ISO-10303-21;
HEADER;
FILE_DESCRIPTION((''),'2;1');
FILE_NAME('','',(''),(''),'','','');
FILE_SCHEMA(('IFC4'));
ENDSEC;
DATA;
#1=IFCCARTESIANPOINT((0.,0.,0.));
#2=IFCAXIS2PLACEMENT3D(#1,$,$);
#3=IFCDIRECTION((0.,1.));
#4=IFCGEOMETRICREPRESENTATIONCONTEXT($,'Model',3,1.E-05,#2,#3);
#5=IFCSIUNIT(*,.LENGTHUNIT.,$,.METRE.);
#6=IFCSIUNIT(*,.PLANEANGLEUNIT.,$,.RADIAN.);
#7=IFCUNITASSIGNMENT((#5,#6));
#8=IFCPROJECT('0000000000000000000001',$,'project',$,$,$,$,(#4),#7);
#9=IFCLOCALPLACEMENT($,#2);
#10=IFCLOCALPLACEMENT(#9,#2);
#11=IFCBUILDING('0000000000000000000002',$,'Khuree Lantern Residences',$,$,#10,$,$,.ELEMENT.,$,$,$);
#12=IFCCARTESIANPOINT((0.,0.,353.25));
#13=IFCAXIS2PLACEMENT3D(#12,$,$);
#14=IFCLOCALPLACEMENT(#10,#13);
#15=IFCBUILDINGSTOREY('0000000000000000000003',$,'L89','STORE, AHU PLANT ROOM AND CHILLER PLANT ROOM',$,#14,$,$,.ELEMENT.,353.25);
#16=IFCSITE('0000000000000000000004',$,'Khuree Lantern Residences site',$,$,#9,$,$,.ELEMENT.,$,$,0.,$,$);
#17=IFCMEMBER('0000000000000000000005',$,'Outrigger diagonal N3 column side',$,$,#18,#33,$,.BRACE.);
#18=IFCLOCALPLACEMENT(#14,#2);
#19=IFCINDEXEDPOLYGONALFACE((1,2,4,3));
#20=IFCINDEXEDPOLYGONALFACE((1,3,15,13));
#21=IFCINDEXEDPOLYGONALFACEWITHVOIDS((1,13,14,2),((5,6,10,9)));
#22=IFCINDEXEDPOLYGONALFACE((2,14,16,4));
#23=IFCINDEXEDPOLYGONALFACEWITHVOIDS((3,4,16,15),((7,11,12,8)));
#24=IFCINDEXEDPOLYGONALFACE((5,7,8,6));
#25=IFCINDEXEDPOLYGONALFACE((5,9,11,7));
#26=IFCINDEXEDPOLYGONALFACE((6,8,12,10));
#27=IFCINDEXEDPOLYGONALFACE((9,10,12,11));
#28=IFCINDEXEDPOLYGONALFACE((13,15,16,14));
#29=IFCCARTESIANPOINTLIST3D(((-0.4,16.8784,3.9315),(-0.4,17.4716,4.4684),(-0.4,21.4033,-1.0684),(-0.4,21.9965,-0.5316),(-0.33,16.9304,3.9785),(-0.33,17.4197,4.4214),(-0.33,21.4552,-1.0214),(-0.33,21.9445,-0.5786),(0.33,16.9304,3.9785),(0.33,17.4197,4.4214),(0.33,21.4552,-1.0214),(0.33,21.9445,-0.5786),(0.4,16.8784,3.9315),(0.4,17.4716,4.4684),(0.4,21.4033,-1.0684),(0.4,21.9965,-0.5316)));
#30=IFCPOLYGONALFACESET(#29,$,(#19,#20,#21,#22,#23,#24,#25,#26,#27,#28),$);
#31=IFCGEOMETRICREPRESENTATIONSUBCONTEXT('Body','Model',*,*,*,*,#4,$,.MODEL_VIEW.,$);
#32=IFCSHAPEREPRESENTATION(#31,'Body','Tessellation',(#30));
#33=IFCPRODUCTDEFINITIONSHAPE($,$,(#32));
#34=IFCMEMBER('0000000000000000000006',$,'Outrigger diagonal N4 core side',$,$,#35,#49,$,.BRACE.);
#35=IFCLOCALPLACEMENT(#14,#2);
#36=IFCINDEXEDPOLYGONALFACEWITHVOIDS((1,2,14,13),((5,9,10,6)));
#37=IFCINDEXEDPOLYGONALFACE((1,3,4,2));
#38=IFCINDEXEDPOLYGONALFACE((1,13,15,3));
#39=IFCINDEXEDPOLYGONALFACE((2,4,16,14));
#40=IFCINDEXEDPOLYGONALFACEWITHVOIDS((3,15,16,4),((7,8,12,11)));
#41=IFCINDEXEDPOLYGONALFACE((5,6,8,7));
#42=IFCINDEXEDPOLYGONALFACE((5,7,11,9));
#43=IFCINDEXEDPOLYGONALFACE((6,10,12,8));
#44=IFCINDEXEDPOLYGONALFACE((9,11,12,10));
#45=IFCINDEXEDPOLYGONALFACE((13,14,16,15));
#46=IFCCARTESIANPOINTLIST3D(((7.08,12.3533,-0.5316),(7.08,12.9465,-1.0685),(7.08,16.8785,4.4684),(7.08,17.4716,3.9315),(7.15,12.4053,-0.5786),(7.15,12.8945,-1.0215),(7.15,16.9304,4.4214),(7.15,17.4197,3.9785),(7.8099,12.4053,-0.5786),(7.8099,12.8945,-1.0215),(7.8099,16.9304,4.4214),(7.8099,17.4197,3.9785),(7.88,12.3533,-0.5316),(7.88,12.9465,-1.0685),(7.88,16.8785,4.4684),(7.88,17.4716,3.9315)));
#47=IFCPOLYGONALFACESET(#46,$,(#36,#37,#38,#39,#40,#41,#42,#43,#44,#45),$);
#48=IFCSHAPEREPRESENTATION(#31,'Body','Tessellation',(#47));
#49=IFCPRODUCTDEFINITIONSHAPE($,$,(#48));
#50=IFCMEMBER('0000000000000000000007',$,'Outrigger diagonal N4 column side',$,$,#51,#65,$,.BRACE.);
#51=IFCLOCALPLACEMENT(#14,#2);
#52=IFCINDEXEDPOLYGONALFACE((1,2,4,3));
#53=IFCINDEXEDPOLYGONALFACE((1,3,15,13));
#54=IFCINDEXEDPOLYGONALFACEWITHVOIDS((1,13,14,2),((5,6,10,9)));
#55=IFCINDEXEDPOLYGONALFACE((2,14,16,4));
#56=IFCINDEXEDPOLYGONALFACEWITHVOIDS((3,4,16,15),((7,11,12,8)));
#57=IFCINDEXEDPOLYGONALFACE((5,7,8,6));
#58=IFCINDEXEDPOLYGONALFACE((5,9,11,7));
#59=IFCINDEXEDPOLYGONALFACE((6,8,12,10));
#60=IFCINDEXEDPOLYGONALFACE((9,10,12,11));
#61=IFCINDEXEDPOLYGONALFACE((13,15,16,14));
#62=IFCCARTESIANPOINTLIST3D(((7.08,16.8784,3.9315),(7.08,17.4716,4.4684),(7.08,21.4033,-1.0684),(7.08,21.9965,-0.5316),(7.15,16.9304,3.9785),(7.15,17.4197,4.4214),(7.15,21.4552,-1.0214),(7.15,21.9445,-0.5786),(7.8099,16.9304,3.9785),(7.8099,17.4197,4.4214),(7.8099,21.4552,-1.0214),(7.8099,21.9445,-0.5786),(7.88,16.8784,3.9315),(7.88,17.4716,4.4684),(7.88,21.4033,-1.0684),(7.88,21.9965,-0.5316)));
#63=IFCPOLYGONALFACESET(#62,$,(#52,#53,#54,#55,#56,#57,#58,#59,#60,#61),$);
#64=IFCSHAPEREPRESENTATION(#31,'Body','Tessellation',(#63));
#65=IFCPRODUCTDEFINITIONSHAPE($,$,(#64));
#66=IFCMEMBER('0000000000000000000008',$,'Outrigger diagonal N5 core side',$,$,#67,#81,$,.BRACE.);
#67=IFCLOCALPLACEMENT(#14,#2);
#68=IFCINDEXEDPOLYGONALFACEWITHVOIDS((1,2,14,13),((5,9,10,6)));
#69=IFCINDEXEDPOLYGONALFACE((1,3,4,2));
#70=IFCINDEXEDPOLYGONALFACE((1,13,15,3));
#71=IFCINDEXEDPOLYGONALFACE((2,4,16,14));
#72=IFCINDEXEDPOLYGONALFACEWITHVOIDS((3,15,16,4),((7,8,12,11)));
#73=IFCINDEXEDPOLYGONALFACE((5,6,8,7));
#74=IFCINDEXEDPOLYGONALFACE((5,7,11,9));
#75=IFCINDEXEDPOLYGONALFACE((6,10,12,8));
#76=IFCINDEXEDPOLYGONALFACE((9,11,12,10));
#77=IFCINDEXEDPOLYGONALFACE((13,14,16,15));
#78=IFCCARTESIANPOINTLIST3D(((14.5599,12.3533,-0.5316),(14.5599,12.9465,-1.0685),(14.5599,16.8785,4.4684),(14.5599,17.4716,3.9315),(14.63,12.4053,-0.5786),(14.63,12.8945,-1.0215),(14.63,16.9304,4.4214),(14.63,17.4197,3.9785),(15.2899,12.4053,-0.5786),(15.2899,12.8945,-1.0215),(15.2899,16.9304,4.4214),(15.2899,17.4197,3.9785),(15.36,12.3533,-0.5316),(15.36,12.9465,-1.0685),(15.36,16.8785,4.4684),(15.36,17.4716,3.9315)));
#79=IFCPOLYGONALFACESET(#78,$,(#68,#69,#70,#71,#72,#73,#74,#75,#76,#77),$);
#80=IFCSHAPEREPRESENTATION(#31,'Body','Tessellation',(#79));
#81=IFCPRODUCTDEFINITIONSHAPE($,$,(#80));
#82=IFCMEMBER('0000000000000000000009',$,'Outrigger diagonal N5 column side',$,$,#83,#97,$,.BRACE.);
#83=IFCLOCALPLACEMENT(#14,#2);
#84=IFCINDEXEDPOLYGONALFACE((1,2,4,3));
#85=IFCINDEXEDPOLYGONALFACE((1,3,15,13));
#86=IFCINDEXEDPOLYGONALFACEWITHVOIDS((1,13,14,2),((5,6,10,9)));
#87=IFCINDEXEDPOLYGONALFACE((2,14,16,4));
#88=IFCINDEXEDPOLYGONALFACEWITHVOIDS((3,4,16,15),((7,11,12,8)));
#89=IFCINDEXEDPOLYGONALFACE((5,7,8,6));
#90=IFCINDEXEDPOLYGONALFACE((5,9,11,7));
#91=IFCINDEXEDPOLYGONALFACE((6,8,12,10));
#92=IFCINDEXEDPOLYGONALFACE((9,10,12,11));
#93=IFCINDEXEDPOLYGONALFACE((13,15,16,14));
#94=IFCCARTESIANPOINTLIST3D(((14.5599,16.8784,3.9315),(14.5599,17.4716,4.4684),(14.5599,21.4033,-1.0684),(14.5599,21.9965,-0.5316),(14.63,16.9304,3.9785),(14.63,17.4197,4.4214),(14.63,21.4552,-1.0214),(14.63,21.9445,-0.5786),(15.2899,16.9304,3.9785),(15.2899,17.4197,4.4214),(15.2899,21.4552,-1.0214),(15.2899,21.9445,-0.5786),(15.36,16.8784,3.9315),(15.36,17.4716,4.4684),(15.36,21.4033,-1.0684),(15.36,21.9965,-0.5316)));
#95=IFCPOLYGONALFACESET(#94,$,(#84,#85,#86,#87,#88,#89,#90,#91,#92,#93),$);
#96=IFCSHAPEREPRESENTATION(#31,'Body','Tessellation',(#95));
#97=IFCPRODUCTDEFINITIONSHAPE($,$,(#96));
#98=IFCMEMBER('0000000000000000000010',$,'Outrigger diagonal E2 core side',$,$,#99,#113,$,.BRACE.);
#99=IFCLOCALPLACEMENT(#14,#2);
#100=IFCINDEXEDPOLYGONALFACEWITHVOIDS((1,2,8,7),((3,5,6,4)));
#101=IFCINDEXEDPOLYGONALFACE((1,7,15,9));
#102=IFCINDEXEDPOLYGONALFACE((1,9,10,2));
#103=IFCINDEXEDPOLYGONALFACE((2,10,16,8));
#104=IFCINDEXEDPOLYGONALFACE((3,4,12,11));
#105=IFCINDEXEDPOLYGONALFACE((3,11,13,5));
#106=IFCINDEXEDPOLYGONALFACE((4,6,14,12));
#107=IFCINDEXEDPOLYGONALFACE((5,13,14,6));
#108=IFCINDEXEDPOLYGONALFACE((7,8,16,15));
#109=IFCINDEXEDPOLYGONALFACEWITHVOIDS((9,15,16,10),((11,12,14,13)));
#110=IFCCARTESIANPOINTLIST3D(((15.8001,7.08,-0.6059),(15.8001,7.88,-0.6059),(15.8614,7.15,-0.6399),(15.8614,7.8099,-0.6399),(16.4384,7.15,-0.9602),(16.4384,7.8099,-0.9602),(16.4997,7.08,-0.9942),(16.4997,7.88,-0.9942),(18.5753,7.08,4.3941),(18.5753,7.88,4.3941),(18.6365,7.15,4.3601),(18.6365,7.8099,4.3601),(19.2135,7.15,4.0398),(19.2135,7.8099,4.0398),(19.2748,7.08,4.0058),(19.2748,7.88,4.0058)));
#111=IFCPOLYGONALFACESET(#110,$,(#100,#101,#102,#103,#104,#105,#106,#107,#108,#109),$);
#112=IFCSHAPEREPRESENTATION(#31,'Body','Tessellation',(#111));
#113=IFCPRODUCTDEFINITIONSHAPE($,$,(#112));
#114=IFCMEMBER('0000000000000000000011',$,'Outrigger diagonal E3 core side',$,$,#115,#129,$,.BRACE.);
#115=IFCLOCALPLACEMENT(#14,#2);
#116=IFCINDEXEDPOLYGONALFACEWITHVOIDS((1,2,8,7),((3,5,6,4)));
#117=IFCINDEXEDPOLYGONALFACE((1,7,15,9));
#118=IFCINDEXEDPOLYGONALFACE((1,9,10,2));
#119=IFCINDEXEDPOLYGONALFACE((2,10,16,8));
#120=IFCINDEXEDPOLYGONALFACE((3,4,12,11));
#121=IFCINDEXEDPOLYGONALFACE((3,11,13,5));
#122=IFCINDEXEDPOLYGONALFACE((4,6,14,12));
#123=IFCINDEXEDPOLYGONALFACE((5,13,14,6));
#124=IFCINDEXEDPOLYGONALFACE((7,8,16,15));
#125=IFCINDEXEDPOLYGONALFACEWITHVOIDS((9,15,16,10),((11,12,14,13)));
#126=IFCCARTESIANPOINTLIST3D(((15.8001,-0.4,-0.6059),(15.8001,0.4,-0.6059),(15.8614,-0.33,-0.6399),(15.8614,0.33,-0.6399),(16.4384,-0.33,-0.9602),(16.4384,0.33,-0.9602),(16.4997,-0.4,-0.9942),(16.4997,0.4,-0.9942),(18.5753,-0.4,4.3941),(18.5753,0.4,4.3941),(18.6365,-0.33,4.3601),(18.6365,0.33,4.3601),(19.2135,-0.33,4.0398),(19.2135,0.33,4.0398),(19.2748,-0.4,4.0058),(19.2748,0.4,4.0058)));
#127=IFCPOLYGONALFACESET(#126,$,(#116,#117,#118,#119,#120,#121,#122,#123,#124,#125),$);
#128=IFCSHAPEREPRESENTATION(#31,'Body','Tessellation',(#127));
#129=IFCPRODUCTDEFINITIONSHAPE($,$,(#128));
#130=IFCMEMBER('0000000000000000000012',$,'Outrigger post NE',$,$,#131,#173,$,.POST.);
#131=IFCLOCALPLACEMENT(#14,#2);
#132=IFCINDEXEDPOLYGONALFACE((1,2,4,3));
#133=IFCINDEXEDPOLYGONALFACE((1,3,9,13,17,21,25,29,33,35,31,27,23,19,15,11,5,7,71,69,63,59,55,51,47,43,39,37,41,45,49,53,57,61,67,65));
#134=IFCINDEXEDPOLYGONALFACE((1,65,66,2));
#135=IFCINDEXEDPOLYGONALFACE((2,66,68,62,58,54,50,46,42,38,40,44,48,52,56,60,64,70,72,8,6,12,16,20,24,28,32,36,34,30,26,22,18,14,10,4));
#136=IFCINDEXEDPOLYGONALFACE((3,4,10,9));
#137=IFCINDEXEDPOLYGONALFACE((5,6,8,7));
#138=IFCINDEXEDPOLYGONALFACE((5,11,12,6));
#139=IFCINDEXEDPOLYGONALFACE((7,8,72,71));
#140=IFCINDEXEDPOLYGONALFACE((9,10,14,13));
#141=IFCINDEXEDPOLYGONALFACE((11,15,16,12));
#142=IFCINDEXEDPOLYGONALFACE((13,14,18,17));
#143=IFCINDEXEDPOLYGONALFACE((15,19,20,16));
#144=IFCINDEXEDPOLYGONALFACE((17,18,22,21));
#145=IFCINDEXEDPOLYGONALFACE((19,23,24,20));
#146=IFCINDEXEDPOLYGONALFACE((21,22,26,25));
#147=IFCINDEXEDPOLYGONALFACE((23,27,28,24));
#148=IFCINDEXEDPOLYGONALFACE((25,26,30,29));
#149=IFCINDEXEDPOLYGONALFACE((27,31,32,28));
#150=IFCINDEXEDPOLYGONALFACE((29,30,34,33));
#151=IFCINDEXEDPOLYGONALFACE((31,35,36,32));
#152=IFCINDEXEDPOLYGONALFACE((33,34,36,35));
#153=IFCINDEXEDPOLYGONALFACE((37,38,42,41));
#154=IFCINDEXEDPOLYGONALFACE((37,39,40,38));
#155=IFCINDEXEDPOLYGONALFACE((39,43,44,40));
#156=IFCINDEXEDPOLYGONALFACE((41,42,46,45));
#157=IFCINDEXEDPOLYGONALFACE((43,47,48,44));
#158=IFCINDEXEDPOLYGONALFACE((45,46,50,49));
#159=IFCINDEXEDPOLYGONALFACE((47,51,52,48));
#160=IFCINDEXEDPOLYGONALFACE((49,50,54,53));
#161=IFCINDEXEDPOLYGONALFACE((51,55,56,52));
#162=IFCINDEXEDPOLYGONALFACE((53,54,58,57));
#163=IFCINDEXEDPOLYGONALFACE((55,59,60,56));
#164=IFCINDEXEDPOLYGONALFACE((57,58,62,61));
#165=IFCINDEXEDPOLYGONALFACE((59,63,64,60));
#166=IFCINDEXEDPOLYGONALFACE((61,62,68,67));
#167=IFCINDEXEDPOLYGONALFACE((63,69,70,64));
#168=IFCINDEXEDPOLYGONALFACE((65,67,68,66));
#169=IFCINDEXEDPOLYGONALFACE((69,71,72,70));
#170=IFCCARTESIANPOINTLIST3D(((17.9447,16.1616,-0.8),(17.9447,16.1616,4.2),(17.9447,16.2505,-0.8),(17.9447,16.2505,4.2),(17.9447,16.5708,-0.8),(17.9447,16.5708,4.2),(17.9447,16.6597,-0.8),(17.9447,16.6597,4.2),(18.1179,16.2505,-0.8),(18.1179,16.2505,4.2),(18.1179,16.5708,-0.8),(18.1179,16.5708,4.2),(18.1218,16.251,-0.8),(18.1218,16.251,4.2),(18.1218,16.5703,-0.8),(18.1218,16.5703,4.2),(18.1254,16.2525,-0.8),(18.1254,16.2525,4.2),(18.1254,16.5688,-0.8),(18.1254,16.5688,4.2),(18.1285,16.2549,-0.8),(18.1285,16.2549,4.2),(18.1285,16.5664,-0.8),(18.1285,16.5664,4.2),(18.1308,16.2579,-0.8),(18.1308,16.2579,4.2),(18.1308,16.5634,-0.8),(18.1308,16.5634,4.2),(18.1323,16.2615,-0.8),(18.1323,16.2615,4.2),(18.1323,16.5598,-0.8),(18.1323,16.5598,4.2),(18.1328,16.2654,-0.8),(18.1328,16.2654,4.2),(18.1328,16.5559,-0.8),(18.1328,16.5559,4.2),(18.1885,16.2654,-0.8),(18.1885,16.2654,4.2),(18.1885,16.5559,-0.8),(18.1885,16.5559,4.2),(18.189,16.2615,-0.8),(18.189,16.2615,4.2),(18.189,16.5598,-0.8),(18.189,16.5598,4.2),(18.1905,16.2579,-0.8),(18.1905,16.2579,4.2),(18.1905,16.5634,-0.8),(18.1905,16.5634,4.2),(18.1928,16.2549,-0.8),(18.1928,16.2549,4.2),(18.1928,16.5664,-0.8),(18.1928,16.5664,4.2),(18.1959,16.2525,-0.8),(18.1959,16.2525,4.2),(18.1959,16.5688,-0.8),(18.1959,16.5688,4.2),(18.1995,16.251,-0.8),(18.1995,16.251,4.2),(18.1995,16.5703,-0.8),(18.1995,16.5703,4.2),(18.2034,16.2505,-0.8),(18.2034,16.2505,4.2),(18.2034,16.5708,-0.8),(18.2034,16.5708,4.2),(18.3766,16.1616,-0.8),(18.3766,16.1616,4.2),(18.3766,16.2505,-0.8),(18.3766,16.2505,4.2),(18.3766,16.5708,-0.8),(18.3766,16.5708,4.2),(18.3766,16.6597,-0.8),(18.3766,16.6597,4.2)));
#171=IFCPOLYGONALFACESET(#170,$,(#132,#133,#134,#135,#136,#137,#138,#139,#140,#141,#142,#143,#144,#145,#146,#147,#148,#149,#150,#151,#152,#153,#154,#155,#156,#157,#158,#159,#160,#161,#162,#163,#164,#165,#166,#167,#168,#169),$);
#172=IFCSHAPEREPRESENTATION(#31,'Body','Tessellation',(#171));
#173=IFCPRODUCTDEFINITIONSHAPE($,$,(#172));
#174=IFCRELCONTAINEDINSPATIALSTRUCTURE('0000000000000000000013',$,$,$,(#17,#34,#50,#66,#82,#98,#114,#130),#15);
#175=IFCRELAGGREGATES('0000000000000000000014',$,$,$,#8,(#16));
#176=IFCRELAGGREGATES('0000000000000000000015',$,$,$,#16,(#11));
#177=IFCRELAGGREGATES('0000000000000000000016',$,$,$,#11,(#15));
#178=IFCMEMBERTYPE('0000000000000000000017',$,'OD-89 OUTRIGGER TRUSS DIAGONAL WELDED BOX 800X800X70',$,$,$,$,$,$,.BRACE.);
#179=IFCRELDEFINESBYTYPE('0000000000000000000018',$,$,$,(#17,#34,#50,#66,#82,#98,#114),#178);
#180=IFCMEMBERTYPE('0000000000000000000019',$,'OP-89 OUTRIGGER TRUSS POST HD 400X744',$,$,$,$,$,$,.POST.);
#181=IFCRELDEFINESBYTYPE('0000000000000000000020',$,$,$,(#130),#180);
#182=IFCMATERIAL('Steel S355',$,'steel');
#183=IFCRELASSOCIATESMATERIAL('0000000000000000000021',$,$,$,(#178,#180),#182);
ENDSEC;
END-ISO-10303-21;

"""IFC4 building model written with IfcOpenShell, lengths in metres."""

from ifc_helpers import new_model, si_unit, direction, frame, origin, origin_2d, place, context, subcontext, project, spatial, hollow_rectangle, i_section, extrude, material, material_profile, profile_set, type_object, element, save


model = new_model("IFC4")

# Units and contexts
model_context = context("Model", 3, precision=1e-05, world=origin(), true_north=direction((0.0, 1.0)))
body_context = subcontext(model_context, "Body", "Model", "MODEL_VIEW")
ifc_project = project(units=[si_unit("LENGTHUNIT", "METRE"), si_unit("PLANEANGLEUNIT", "RADIAN")], contexts=[model_context])

# Site, building, storey
site_placement = place(None, origin())
site = spatial("IfcSite", under=ifc_project, at=site_placement, Name="Khuree Lantern Residences site", CompositionType="ELEMENT", RefElevation=0.0)
building_placement = place(site_placement, origin())
building = spatial("IfcBuilding", under=site, at=building_placement, Name="Khuree Lantern Residences", CompositionType="ELEMENT")
storey_placement = place(building_placement, frame((0.0, 0.0, 353.25)))
storey = spatial("IfcBuildingStorey", under=building, at=storey_placement, Name="L89", Description="STORE, AHU PLANT ROOM AND CHILLER PLANT ROOM", CompositionType="ELEMENT", Elevation=353.25)

# Shared definitions
ifc_material_1 = material(Name="Steel S355", Category="steel")

# Members
ifc_material_profile_1 = material_profile(ifc_material_1, hollow_rectangle(XDim=0.8, YDim=0.8, WallThickness=0.0701, at=origin_2d()), Name="WELDED BOX 800X800X70")
ifc_profile_set_1 = profile_set([ifc_material_profile_1], Name="Steel S355")
member_type_1 = type_object("IfcMemberType", Name="OD-89 OUTRIGGER TRUSS DIAGONAL WELDED BOX 800X800X70", PredefinedType="BRACE", material=ifc_profile_set_1)
member_1_placement = place(storey_placement, frame((0.0, 17.175, 4.2), z_axis=(0.0, 0.671002, -0.741455), x_axis=(-1.0, 0.0, 0.0)))
element("IfcMember", 1, at=member_1_placement, inside=storey, type_object=member_type_1, Name="Outrigger diagonal N3 column side", PredefinedType="BRACE", context=body_context, shape_type="SweptSolid", body=[
    extrude(hollow_rectangle(XDim=0.8, YDim=0.8, WallThickness=0.0701, at=origin_2d()), origin(), (0.0, 0.0, 1.0), 6.7434),
])
member_2_placement = place(storey_placement, frame((7.48, 12.6499, -0.8), z_axis=(0.0, 0.671022, 0.741437), x_axis=(-1.0, 0.0, 0.0)))
element("IfcMember", 2, at=member_2_placement, inside=storey, type_object=member_type_1, Name="Outrigger diagonal N4 core side", PredefinedType="BRACE", context=body_context, shape_type="SweptSolid", body=[
    extrude(hollow_rectangle(XDim=0.8, YDim=0.8, WallThickness=0.0701, at=origin_2d()), origin(), (0.0, 0.0, 1.0), 6.7437),
])
member_3_placement = place(storey_placement, frame((7.48, 17.175, 4.2), z_axis=(0.0, 0.671002, -0.741455), x_axis=(-1.0, 0.0, 0.0)))
element("IfcMember", 3, at=member_3_placement, inside=storey, type_object=member_type_1, Name="Outrigger diagonal N4 column side", PredefinedType="BRACE", context=body_context, shape_type="SweptSolid", body=[
    extrude(hollow_rectangle(XDim=0.8, YDim=0.8, WallThickness=0.0701, at=origin_2d()), origin(), (0.0, 0.0, 1.0), 6.7434),
])
member_4_placement = place(storey_placement, frame((14.96, 12.6499, -0.8), z_axis=(0.0, 0.671022, 0.741437), x_axis=(-1.0, 0.0, 0.0)))
element("IfcMember", 4, at=member_4_placement, inside=storey, type_object=member_type_1, Name="Outrigger diagonal N5 core side", PredefinedType="BRACE", context=body_context, shape_type="SweptSolid", body=[
    extrude(hollow_rectangle(XDim=0.8, YDim=0.8, WallThickness=0.0701, at=origin_2d()), origin(), (0.0, 0.0, 1.0), 6.7437),
])
member_5_placement = place(storey_placement, frame((14.96, 17.175, 4.2), z_axis=(0.0, 0.671002, -0.741455), x_axis=(-1.0, 0.0, 0.0)))
element("IfcMember", 5, at=member_5_placement, inside=storey, type_object=member_type_1, Name="Outrigger diagonal N5 column side", PredefinedType="BRACE", context=body_context, shape_type="SweptSolid", body=[
    extrude(hollow_rectangle(XDim=0.8, YDim=0.8, WallThickness=0.0701, at=origin_2d()), origin(), (0.0, 0.0, 1.0), 6.7434),
])
for number, where, z_axis, x_axis, name in (
    (6, (16.1499, 7.48, -0.8), (0.485291, 0.0, 0.874353), (0.0, 1.0, 0.0), "Outrigger diagonal E2 core side"),
    (7, (16.1499, 0.0, -0.8), (0.485291, 0.0, 0.874353), (0.0, 1.0, 0.0), "Outrigger diagonal E3 core side"),
):
    element("IfcMember", number, at=place(storey_placement, frame(where, z_axis=z_axis, x_axis=x_axis)), inside=storey, type_object=member_type_1, Name=name, PredefinedType="BRACE", context=body_context, shape_type="SweptSolid", body=[
        extrude(hollow_rectangle(XDim=0.8, YDim=0.8, WallThickness=0.0701, at=origin_2d()), origin(), (0.0, 0.0, 1.0), 5.7185),
    ])
ifc_material_profile_2 = material_profile(ifc_material_1, i_section(OverallWidth=0.4319, OverallDepth=0.498, WebThickness=0.0557, FlangeThickness=0.0889, FilletRadius=0.0149, at=origin_2d()), Name="HD 400X744")
ifc_profile_set_2 = profile_set([ifc_material_profile_2], Name="Steel S355")
member_type_2 = type_object("IfcMemberType", Name="OP-89 OUTRIGGER TRUSS POST HD 400X744", PredefinedType="POST", material=ifc_profile_set_2)
for number, where, z_axis, x_axis, name in (
    (8, (18.1606, 16.4106, -0.8), (0.0, 0.0, 1.0), (1.0, 0.0, 0.0), "Outrigger post NE"),
):
    element("IfcMember", number, at=place(storey_placement, frame(where, z_axis=z_axis, x_axis=x_axis)), inside=storey, type_object=member_type_2, Name=name, PredefinedType="POST", context=body_context, shape_type="SweptSolid", body=[
        extrude(i_section(OverallWidth=0.4319, OverallDepth=0.498, WebThickness=0.0557, FlangeThickness=0.0889, FilletRadius=0.0149, at=origin_2d()), origin(), (0.0, 0.0, 1.0), 5.0),
    ])

save(model, "model.ifc")
